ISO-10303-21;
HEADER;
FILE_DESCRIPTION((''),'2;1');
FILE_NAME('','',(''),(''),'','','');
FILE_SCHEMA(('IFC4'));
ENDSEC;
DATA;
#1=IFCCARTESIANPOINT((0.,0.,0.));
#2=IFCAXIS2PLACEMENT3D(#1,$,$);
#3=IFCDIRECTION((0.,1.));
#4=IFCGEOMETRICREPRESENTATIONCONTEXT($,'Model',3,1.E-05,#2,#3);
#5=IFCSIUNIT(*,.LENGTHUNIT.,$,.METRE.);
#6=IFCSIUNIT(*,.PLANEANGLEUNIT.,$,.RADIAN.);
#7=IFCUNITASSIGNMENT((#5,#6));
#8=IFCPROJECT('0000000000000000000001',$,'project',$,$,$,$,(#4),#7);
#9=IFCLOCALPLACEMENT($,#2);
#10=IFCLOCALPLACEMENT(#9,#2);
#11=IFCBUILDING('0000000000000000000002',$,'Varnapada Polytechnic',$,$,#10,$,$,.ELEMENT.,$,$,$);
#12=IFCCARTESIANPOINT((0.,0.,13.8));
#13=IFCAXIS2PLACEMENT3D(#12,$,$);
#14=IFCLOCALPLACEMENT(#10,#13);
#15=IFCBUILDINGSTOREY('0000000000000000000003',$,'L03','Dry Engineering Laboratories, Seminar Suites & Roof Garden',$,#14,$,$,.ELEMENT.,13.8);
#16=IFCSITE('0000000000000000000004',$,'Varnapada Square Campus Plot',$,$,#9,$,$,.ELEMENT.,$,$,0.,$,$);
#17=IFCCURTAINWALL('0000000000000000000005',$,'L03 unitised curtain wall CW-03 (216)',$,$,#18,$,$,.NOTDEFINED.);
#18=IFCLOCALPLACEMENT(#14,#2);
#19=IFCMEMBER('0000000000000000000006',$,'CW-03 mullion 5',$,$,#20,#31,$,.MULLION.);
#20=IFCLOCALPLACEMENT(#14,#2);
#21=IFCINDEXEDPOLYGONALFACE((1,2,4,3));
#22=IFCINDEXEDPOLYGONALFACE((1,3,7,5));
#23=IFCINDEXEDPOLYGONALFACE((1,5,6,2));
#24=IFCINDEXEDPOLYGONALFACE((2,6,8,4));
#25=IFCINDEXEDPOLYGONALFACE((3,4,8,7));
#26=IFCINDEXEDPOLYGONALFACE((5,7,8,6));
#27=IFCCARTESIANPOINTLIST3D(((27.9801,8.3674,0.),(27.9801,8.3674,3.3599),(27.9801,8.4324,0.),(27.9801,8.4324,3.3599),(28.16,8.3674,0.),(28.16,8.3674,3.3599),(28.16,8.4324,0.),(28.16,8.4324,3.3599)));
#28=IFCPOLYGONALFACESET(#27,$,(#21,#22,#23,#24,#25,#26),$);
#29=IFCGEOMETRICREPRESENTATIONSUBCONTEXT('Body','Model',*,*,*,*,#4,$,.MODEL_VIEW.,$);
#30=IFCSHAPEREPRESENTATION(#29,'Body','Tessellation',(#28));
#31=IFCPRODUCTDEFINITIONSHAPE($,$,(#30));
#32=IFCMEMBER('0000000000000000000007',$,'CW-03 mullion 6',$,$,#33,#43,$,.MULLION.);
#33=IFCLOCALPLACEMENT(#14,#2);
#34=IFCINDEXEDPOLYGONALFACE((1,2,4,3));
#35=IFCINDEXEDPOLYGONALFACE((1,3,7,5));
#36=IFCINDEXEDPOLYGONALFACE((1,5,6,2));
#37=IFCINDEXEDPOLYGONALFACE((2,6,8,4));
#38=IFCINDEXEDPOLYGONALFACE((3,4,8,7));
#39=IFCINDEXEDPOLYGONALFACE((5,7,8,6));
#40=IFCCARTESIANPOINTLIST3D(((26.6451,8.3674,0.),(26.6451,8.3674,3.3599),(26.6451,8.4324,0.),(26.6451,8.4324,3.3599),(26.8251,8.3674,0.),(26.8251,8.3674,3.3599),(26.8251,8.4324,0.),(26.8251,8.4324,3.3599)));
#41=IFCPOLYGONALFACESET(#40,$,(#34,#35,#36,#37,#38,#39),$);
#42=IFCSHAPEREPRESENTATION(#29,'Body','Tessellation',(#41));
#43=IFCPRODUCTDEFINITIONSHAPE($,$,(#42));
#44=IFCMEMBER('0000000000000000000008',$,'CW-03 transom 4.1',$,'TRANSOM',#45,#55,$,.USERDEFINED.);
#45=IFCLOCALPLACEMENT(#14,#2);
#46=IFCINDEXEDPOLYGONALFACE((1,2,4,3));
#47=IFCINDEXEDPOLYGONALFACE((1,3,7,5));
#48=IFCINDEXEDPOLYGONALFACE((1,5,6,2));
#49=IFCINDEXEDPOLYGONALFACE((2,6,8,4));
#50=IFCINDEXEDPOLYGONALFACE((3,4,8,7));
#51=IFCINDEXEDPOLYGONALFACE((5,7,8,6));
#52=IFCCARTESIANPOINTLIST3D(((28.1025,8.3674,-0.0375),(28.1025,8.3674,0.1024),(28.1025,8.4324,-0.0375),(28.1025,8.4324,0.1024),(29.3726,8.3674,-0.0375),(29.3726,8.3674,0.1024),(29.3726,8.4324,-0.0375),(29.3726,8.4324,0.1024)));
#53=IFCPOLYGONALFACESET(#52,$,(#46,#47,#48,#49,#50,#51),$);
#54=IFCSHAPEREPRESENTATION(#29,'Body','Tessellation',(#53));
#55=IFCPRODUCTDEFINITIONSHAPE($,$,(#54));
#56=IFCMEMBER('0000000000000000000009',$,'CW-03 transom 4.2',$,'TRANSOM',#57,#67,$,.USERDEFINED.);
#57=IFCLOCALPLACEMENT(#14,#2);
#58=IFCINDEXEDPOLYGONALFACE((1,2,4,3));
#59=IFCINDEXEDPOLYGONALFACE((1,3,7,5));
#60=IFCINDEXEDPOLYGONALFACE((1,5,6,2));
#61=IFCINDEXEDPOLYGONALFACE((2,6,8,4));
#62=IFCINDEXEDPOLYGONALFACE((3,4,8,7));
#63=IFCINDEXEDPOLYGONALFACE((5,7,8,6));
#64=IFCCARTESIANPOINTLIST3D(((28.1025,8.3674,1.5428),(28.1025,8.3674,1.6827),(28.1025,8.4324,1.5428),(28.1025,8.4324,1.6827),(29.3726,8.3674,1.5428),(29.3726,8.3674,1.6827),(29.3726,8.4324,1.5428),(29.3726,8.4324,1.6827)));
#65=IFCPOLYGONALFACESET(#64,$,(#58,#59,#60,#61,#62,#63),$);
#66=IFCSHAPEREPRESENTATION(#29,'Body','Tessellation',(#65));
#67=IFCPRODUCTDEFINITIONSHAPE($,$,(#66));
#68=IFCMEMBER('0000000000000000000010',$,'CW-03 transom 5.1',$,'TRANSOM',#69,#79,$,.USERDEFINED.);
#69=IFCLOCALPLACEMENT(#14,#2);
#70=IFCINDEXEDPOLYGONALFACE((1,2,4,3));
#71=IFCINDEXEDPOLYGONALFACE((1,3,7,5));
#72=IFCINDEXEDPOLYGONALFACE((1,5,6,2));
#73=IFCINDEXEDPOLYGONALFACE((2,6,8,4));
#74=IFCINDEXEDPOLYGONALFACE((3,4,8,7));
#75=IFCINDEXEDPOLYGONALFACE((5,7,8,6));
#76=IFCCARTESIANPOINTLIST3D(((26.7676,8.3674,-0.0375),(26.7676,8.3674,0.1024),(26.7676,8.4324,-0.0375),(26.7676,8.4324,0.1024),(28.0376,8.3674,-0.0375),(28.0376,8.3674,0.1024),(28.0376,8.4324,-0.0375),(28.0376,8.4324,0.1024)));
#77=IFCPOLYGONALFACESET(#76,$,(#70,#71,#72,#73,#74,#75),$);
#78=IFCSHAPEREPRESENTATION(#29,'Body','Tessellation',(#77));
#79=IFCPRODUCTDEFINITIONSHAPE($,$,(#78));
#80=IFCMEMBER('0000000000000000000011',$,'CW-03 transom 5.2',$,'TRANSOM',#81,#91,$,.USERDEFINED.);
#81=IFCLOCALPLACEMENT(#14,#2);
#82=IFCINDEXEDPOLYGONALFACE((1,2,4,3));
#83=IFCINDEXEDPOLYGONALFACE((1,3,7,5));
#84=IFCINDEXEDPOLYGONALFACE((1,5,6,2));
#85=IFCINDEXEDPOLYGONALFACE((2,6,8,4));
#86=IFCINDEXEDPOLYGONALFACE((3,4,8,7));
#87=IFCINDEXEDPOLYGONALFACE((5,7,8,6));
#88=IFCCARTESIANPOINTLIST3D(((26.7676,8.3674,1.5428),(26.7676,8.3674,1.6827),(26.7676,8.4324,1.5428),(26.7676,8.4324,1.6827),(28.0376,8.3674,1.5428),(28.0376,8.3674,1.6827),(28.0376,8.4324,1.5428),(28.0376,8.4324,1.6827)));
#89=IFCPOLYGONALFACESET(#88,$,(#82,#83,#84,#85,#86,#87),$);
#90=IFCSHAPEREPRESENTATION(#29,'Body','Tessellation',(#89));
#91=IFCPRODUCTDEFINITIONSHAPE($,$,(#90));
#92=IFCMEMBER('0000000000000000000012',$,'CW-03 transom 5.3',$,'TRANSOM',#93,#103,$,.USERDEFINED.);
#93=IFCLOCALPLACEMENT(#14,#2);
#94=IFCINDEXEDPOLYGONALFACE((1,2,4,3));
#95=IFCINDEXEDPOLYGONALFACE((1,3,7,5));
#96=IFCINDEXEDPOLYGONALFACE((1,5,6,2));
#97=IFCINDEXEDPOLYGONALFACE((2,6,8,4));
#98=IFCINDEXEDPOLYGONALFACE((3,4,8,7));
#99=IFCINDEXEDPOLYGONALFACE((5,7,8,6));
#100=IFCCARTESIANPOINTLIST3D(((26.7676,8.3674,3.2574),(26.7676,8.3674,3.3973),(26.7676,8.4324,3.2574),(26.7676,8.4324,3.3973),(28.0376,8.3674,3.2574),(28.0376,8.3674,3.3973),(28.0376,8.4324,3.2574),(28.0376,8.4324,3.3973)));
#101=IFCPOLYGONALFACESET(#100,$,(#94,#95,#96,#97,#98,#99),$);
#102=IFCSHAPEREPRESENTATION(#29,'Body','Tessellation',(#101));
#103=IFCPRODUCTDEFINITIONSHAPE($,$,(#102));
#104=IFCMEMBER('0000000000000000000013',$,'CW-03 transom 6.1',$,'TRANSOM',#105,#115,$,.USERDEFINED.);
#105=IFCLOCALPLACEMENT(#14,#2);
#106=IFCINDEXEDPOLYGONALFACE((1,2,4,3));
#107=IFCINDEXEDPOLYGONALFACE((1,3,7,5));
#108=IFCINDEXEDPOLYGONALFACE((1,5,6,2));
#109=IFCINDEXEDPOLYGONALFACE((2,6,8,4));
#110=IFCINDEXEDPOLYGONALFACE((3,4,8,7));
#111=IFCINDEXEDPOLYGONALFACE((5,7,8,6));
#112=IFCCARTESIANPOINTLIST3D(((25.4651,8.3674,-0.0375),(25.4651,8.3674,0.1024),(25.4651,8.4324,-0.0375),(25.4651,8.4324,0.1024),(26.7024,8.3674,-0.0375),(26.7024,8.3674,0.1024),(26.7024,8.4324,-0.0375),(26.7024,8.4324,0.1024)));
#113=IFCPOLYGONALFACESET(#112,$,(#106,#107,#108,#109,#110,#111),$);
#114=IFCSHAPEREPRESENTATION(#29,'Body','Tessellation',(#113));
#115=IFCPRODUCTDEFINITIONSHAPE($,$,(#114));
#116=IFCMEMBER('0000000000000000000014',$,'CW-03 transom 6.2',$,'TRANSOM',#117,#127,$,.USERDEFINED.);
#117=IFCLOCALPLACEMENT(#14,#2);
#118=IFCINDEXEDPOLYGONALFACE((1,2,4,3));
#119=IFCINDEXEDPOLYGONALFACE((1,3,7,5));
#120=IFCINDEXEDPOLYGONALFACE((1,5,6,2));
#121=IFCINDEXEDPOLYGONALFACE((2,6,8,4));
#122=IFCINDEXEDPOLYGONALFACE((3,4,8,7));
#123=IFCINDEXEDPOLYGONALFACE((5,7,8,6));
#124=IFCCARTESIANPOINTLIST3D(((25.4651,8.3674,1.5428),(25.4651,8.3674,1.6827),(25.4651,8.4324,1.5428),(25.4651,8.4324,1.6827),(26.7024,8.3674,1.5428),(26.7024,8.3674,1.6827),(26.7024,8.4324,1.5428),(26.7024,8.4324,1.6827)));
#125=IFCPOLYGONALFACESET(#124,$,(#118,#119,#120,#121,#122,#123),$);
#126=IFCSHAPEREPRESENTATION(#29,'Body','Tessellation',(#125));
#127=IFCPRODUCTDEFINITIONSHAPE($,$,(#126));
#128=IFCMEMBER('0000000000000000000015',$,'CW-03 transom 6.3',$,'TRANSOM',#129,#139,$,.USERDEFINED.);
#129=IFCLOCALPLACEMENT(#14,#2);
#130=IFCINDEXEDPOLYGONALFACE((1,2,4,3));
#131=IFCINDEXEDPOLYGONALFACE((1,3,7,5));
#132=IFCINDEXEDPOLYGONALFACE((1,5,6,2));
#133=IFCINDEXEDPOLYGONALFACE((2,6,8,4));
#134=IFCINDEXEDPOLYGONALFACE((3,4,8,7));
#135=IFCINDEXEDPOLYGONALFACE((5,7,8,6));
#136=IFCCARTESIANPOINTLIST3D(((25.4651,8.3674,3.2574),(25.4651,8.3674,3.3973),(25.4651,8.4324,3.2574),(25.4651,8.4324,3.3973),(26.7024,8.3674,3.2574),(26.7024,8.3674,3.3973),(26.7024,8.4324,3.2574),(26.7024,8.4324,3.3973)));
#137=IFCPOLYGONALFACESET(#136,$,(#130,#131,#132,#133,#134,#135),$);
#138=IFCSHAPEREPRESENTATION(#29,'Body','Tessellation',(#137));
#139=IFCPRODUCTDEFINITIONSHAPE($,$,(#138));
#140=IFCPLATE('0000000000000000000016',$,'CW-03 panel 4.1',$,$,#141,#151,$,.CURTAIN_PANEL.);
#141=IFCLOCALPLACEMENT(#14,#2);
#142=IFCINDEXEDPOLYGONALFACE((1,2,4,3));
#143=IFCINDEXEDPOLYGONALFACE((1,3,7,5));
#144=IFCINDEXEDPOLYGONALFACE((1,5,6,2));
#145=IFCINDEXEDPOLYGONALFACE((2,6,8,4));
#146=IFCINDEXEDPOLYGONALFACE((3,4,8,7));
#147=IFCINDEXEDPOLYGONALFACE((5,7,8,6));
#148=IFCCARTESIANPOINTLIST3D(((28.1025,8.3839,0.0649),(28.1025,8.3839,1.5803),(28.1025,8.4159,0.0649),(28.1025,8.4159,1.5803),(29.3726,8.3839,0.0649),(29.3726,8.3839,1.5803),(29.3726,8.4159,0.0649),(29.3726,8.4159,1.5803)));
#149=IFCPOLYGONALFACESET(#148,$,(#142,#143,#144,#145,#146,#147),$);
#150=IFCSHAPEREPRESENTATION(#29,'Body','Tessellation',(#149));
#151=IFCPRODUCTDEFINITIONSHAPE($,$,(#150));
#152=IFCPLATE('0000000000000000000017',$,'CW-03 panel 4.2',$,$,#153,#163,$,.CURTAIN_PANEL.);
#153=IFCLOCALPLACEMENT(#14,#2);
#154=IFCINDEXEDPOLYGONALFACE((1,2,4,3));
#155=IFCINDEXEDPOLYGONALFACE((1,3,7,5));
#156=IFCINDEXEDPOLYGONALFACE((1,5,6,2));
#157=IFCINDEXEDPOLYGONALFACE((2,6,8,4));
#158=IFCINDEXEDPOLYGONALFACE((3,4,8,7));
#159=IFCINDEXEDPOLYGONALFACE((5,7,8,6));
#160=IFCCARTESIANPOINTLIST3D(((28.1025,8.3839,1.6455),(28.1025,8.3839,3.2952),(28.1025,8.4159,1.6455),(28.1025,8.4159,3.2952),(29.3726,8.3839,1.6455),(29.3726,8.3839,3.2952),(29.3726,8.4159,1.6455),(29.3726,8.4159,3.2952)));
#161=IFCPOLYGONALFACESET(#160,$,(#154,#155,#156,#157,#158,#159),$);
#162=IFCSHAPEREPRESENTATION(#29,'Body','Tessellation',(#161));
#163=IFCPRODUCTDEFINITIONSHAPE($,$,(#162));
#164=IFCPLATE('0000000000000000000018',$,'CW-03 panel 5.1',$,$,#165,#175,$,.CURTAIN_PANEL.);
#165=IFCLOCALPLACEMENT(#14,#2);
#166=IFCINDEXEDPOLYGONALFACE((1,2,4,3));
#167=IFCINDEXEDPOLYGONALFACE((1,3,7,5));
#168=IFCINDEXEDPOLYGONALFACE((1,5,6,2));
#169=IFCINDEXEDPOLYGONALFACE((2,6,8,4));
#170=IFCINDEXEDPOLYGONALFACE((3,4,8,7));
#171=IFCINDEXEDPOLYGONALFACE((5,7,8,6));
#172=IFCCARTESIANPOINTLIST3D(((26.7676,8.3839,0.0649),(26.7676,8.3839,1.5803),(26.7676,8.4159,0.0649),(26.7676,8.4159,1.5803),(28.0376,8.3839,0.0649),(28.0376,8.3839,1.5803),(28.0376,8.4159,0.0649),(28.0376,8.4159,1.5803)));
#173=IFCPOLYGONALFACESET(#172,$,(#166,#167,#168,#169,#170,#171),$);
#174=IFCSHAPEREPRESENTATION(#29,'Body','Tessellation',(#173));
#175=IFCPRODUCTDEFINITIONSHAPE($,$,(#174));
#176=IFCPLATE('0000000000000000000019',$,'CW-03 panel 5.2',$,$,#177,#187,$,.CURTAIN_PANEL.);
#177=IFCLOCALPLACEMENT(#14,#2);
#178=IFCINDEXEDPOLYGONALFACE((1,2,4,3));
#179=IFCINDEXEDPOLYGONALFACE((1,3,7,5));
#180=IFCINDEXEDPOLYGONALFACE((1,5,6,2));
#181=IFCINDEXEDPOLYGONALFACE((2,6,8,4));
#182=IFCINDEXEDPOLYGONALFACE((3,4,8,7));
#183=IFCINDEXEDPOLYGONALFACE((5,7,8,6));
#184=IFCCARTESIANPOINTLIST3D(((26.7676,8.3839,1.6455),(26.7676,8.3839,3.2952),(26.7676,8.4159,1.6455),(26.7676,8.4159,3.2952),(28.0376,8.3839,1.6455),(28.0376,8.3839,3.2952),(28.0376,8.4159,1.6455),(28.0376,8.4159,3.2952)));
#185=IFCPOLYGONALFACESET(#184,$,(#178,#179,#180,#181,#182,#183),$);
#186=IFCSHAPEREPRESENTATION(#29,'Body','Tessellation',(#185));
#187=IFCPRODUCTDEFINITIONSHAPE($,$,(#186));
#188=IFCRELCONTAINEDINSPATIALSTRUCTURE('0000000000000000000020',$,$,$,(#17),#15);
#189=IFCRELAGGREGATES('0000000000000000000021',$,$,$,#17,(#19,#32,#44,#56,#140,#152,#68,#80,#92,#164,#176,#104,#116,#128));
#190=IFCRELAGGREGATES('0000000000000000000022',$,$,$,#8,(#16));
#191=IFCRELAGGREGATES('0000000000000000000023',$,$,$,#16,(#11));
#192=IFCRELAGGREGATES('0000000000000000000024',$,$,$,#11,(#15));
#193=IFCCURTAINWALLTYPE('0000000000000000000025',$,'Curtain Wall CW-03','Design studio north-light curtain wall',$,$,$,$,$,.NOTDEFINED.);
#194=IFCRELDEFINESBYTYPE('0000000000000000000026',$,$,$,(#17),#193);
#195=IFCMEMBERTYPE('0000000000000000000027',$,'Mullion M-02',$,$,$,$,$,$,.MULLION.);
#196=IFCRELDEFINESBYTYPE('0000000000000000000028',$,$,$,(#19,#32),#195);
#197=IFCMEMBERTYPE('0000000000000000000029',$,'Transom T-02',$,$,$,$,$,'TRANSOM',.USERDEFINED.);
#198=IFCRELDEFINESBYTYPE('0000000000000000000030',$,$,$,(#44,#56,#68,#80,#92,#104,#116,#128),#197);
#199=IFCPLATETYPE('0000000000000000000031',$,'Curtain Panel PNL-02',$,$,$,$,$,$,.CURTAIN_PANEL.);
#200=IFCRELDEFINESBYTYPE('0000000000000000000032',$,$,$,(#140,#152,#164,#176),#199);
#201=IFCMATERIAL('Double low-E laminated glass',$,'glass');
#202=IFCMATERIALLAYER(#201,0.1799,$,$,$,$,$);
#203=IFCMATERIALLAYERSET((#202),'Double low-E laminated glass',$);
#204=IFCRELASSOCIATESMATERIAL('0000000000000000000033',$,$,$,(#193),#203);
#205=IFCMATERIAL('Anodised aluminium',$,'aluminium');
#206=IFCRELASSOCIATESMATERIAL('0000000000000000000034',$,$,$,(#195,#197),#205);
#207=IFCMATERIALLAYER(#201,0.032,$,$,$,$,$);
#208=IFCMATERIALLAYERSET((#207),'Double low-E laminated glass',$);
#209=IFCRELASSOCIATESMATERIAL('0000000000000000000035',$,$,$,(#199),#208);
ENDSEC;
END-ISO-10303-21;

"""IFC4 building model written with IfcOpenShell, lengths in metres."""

from ifc_helpers import new_model, si_unit, direction, frame, origin, origin_2d, place, context, subcontext, project, spatial, rectangle, extrude, material, layer, layer_set, material_profile, profile_set, type_object, element, aggregate, save


model = new_model("IFC4")

# Units and contexts
model_context = context("Model", 3, precision=1e-05, world=origin(), true_north=direction((0.0, 1.0)))
body_context = subcontext(model_context, "Body", "Model", "MODEL_VIEW")
ifc_project = project(units=[si_unit("LENGTHUNIT", "METRE"), si_unit("PLANEANGLEUNIT", "RADIAN")], contexts=[model_context])

# Site, building, storey
site_placement = place(None, origin())
site = spatial("IfcSite", under=ifc_project, at=site_placement, Name="Varnapada Square Campus Plot", CompositionType="ELEMENT", RefElevation=0.0)
building_placement = place(site_placement, origin())
building = spatial("IfcBuilding", under=site, at=building_placement, Name="Varnapada Polytechnic", CompositionType="ELEMENT")
storey_placement = place(building_placement, frame((0.0, 0.0, 13.8)))
storey = spatial("IfcBuildingStorey", under=building, at=storey_placement, Name="L03", Description="Dry Engineering Laboratories, Seminar Suites & Roof Garden", CompositionType="ELEMENT", Elevation=13.8)

# Curtain wall, members, plates
ifc_material_1 = material(Name="Double low-E laminated glass", Category="glass")
ifc_layer_1 = layer(ifc_material_1, 0.1799)
ifc_layer_set_1 = layer_set([ifc_layer_1], Name="Double low-E laminated glass")
curtain_wall_type = type_object("IfcCurtainWallType", Name="Curtain Wall CW-03", Description="Design studio north-light curtain wall", PredefinedType="NOTDEFINED", material=ifc_layer_set_1)
curtain_wall_placement = place(storey_placement, origin())
curtain_wall = element("IfcCurtainWall", 1, at=curtain_wall_placement, inside=storey, type_object=curtain_wall_type, Name="L03 unitised curtain wall CW-03 (216)", PredefinedType="NOTDEFINED")
ifc_material_2 = material(Name="Anodised aluminium", Category="aluminium")
ifc_material_profile_1 = material_profile(ifc_material_2, rectangle(XDim=0.0649, YDim=0.1799, at=origin_2d()), Name="ALU M65x180")
ifc_profile_set_1 = profile_set([ifc_material_profile_1], Name="Anodised aluminium")
member_type_1 = type_object("IfcMemberType", Name="Mullion M-02", PredefinedType="MULLION", material=ifc_profile_set_1)
member_1_placement = place(storey_placement, frame((28.0701, 8.3999, 0.0), z_axis=(0.0, 0.0, 1.0), x_axis=(0.0, -1.0, 0.0)))
member_1 = element("IfcMember", 2, at=member_1_placement, type_object=member_type_1, Name="CW-03 mullion 5", PredefinedType="MULLION", context=body_context, shape_type="SweptSolid", body=[
    extrude(rectangle(XDim=0.0649, YDim=0.1799, at=origin_2d()), origin(), (0.0, 0.0, 1.0), 3.3599),
])
member_2_placement = place(storey_placement, frame((26.7351, 8.3999, 0.0), z_axis=(0.0, 0.0, 1.0), x_axis=(0.0, -1.0, 0.0)))
member_2 = element("IfcMember", 3, at=member_2_placement, type_object=member_type_1, Name="CW-03 mullion 6", PredefinedType="MULLION", context=body_context, shape_type="SweptSolid", body=[
    extrude(rectangle(XDim=0.0649, YDim=0.1799, at=origin_2d()), origin(), (0.0, 0.0, 1.0), 3.3599),
])
ifc_material_profile_2 = material_profile(ifc_material_2, rectangle(XDim=0.0649, YDim=0.1399, at=origin_2d()), Name="ALU T65x140")
ifc_profile_set_2 = profile_set([ifc_material_profile_2], Name="Anodised aluminium")
member_type_2 = type_object("IfcMemberType", Name="Transom T-02", ElementType="TRANSOM", PredefinedType="USERDEFINED", material=ifc_profile_set_2)
member_3_placement = place(storey_placement, frame((29.3726, 8.3999, 0.0325), z_axis=(-1.0, 0.0, 0.0), x_axis=(0.0, -1.0, 0.0)))
member_3 = element("IfcMember", 4, at=member_3_placement, type_object=member_type_2, Name="CW-03 transom 4.1", ObjectType="TRANSOM", PredefinedType="USERDEFINED", context=body_context, shape_type="SweptSolid", body=[
    extrude(rectangle(XDim=0.0649, YDim=0.1399, at=origin_2d()), origin(), (0.0, 0.0, 1.0), 1.27),
])
member_4_placement = place(storey_placement, frame((29.3726, 8.3999, 1.6128), z_axis=(-1.0, 0.0, 0.0), x_axis=(0.0, -1.0, 0.0)))
member_4 = element("IfcMember", 5, at=member_4_placement, type_object=member_type_2, Name="CW-03 transom 4.2", ObjectType="TRANSOM", PredefinedType="USERDEFINED", context=body_context, shape_type="SweptSolid", body=[
    extrude(rectangle(XDim=0.0649, YDim=0.1399, at=origin_2d()), origin(), (0.0, 0.0, 1.0), 1.27),
])
member_5_placement = place(storey_placement, frame((28.0376, 8.3999, 0.0325), z_axis=(-1.0, 0.0, 0.0), x_axis=(0.0, -1.0, 0.0)))
member_5 = element("IfcMember", 6, at=member_5_placement, type_object=member_type_2, Name="CW-03 transom 5.1", ObjectType="TRANSOM", PredefinedType="USERDEFINED", context=body_context, shape_type="SweptSolid", body=[
    extrude(rectangle(XDim=0.0649, YDim=0.1399, at=origin_2d()), origin(), (0.0, 0.0, 1.0), 1.27),
])
member_6_placement = place(storey_placement, frame((28.0376, 8.3999, 1.6128), z_axis=(-1.0, 0.0, 0.0), x_axis=(0.0, -1.0, 0.0)))
member_6 = element("IfcMember", 7, at=member_6_placement, type_object=member_type_2, Name="CW-03 transom 5.2", ObjectType="TRANSOM", PredefinedType="USERDEFINED", context=body_context, shape_type="SweptSolid", body=[
    extrude(rectangle(XDim=0.0649, YDim=0.1399, at=origin_2d()), origin(), (0.0, 0.0, 1.0), 1.27),
])
member_7_placement = place(storey_placement, frame((28.0376, 8.3999, 3.3274), z_axis=(-1.0, 0.0, 0.0), x_axis=(0.0, -1.0, 0.0)))
member_7 = element("IfcMember", 8, at=member_7_placement, type_object=member_type_2, Name="CW-03 transom 5.3", ObjectType="TRANSOM", PredefinedType="USERDEFINED", context=body_context, shape_type="SweptSolid", body=[
    extrude(rectangle(XDim=0.0649, YDim=0.1399, at=origin_2d()), origin(), (0.0, 0.0, 1.0), 1.27),
])
member_8_placement = place(storey_placement, frame((26.7024, 8.3999, 0.0325), z_axis=(-1.0, 0.0, 0.0), x_axis=(0.0, -1.0, 0.0)))
member_8 = element("IfcMember", 9, at=member_8_placement, type_object=member_type_2, Name="CW-03 transom 6.1", ObjectType="TRANSOM", PredefinedType="USERDEFINED", context=body_context, shape_type="SweptSolid", body=[
    extrude(rectangle(XDim=0.0649, YDim=0.1399, at=origin_2d()), origin(), (0.0, 0.0, 1.0), 1.2373),
])
member_9_placement = place(storey_placement, frame((26.7024, 8.3999, 1.6128), z_axis=(-1.0, 0.0, 0.0), x_axis=(0.0, -1.0, 0.0)))
member_9 = element("IfcMember", 10, at=member_9_placement, type_object=member_type_2, Name="CW-03 transom 6.2", ObjectType="TRANSOM", PredefinedType="USERDEFINED", context=body_context, shape_type="SweptSolid", body=[
    extrude(rectangle(XDim=0.0649, YDim=0.1399, at=origin_2d()), origin(), (0.0, 0.0, 1.0), 1.2373),
])
member_10_placement = place(storey_placement, frame((26.7024, 8.3999, 3.3274), z_axis=(-1.0, 0.0, 0.0), x_axis=(0.0, -1.0, 0.0)))
member_10 = element("IfcMember", 11, at=member_10_placement, type_object=member_type_2, Name="CW-03 transom 6.3", ObjectType="TRANSOM", PredefinedType="USERDEFINED", context=body_context, shape_type="SweptSolid", body=[
    extrude(rectangle(XDim=0.0649, YDim=0.1399, at=origin_2d()), origin(), (0.0, 0.0, 1.0), 1.2373),
])
ifc_layer_2 = layer(ifc_material_1, 0.032)
ifc_layer_set_2 = layer_set([ifc_layer_2], Name="Double low-E laminated glass")
plate_type = type_object("IfcPlateType", Name="Curtain Panel PNL-02", PredefinedType="CURTAIN_PANEL", material=ifc_layer_set_2)
plate_1_placement = place(storey_placement, frame((28.7375, 8.3999, 0.0649), z_axis=(0.0, 0.0, 1.0), x_axis=(-1.0, 0.0, 0.0)))
plate_1 = element("IfcPlate", 12, at=plate_1_placement, type_object=plate_type, Name="CW-03 panel 4.1", PredefinedType="CURTAIN_PANEL", context=body_context, shape_type="SweptSolid", body=[
    extrude(rectangle(XDim=1.27, YDim=0.032, at=origin_2d()), origin(), (0.0, 0.0, 1.0), 1.5154),
])
plate_2_placement = place(storey_placement, frame((28.7375, 8.3999, 1.6455), z_axis=(0.0, 0.0, 1.0), x_axis=(-1.0, 0.0, 0.0)))
plate_2 = element("IfcPlate", 13, at=plate_2_placement, type_object=plate_type, Name="CW-03 panel 4.2", PredefinedType="CURTAIN_PANEL", context=body_context, shape_type="SweptSolid", body=[
    extrude(rectangle(XDim=1.27, YDim=0.032, at=origin_2d()), origin(), (0.0, 0.0, 1.0), 1.6497),
])
plate_3_placement = place(storey_placement, frame((27.4026, 8.3999, 0.0649), z_axis=(0.0, 0.0, 1.0), x_axis=(-1.0, 0.0, 0.0)))
plate_3 = element("IfcPlate", 14, at=plate_3_placement, type_object=plate_type, Name="CW-03 panel 5.1", PredefinedType="CURTAIN_PANEL", context=body_context, shape_type="SweptSolid", body=[
    extrude(rectangle(XDim=1.27, YDim=0.032, at=origin_2d()), origin(), (0.0, 0.0, 1.0), 1.5154),
])
plate_4_placement = place(storey_placement, frame((27.4026, 8.3999, 1.6455), z_axis=(0.0, 0.0, 1.0), x_axis=(-1.0, 0.0, 0.0)))
plate_4 = element("IfcPlate", 15, at=plate_4_placement, type_object=plate_type, Name="CW-03 panel 5.2", PredefinedType="CURTAIN_PANEL", context=body_context, shape_type="SweptSolid", body=[
    extrude(rectangle(XDim=1.27, YDim=0.032, at=origin_2d()), origin(), (0.0, 0.0, 1.0), 1.6497),
])
aggregate(curtain_wall, [member_1, member_2, member_3, member_4, plate_1, plate_2, member_5, member_6, member_7, plate_3, plate_4, member_8, member_9, member_10])

save(model, "model.ifc")
